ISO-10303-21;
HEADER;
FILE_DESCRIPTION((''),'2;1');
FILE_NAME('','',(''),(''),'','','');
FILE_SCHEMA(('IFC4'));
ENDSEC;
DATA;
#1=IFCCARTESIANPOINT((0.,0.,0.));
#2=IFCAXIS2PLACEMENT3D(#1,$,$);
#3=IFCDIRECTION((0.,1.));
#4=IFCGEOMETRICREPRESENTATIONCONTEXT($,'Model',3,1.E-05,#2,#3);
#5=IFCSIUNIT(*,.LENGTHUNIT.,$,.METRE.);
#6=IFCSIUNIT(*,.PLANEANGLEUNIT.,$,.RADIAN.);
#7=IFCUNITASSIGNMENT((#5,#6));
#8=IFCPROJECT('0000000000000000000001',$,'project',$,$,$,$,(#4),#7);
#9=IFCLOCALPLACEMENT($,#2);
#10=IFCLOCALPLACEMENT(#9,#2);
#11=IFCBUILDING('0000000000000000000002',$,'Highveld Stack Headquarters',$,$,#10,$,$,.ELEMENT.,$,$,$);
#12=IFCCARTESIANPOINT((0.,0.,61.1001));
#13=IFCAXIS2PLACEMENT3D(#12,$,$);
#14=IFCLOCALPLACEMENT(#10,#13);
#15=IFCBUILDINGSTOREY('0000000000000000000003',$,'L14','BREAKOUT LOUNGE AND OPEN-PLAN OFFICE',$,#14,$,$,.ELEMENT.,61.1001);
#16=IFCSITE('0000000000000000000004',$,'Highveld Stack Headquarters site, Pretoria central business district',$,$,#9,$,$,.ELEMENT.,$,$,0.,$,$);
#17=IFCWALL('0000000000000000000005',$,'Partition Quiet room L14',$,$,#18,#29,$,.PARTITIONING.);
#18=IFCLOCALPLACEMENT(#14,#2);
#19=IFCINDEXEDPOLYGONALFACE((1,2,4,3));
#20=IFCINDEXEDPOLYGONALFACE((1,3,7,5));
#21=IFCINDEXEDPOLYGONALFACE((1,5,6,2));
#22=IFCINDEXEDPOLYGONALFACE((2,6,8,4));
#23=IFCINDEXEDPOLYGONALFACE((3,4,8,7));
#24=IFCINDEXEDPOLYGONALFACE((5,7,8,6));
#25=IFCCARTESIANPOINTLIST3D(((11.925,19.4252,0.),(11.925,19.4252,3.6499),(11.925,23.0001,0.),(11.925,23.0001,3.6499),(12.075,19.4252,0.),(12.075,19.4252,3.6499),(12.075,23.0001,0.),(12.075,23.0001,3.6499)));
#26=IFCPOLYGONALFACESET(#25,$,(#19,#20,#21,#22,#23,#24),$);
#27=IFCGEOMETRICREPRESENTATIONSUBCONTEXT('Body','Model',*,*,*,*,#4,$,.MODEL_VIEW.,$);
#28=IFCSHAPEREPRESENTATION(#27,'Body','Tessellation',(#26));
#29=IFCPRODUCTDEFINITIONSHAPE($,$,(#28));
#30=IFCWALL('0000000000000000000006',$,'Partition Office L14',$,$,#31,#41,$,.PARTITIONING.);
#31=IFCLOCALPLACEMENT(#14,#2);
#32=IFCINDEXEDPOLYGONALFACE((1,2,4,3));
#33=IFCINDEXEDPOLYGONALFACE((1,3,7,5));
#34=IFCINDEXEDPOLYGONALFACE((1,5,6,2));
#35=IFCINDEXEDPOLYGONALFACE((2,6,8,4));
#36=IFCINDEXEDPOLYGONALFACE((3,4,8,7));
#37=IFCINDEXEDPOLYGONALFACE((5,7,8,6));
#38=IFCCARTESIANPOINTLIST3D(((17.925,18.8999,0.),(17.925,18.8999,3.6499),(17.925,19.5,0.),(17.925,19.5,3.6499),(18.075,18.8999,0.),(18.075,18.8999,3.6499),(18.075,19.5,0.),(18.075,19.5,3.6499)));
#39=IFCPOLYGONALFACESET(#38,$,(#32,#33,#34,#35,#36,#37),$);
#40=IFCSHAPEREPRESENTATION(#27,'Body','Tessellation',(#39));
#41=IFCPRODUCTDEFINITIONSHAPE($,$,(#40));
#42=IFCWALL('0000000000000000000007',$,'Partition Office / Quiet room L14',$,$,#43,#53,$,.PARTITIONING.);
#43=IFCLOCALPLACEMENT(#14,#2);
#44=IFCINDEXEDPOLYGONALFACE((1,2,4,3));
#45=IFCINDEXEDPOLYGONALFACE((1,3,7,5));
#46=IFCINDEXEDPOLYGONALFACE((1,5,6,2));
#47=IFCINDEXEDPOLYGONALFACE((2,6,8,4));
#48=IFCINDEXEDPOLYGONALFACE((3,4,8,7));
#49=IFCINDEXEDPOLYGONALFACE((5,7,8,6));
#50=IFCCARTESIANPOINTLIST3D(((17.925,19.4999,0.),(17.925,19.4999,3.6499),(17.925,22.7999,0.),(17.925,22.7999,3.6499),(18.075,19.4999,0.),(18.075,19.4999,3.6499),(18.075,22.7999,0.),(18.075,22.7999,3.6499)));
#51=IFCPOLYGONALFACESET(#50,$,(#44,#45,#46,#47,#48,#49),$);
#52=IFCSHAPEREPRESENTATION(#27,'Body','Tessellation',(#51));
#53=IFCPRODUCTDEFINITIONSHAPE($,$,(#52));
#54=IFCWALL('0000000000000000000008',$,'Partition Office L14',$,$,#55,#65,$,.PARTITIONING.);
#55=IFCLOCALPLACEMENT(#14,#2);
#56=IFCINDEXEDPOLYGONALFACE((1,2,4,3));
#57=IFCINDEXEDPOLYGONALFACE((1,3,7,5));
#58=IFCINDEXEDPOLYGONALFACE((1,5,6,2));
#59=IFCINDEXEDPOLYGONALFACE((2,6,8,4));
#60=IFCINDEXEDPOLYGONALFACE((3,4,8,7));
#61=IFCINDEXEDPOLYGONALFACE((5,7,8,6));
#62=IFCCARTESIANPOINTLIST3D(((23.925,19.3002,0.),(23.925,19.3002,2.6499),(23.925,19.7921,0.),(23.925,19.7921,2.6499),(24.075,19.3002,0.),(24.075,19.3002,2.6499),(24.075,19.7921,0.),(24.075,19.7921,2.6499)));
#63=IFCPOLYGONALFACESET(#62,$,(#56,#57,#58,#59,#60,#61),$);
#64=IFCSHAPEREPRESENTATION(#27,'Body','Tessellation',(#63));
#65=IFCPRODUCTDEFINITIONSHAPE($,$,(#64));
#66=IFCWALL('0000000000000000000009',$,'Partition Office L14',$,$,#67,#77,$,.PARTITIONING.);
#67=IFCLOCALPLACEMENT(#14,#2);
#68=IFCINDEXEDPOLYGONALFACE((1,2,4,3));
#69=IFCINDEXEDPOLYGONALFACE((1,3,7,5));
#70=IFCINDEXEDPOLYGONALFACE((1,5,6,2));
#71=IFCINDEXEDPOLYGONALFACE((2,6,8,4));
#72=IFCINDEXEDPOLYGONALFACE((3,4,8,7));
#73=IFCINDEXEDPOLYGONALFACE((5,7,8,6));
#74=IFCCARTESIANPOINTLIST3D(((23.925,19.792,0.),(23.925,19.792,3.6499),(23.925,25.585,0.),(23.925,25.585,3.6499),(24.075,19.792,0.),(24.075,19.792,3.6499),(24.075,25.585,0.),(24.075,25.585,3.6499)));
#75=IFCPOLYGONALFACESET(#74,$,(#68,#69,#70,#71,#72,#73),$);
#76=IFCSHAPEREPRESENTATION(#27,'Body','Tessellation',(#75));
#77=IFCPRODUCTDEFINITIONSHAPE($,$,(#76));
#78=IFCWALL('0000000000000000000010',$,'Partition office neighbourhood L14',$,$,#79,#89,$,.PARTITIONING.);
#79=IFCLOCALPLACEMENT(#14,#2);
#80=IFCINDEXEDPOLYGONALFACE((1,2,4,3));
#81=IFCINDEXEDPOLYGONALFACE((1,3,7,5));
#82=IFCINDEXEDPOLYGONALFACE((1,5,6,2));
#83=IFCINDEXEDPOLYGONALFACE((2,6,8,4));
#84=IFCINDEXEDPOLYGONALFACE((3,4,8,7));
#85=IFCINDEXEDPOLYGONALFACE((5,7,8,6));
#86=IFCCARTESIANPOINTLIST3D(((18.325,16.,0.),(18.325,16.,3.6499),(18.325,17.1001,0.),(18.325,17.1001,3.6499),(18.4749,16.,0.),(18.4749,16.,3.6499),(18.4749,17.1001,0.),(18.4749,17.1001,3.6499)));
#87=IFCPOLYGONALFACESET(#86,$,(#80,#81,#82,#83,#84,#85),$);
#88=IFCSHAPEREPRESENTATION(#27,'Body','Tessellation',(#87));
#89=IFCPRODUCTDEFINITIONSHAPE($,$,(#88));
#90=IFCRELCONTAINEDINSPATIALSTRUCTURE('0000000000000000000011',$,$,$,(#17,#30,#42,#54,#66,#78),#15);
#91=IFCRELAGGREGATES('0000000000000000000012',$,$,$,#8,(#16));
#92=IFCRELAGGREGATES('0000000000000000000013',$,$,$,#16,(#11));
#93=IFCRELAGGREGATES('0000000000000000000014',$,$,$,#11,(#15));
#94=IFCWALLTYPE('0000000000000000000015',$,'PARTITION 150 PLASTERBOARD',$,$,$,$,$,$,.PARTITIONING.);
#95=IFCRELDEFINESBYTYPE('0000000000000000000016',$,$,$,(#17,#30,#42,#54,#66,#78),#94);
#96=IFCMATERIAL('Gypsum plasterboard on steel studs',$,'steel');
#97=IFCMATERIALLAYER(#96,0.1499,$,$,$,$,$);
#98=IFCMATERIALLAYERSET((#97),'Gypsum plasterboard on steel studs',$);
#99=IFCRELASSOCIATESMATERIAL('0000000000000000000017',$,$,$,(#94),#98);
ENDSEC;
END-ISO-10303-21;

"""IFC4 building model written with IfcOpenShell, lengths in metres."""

from ifc_helpers import new_model, si_unit, direction, frame, frame_2d, origin, place, context, subcontext, project, spatial, rectangle, extrude, material, layer, layer_set, type_object, element, save


model = new_model("IFC4")

# Units and contexts
model_context = context("Model", 3, precision=1e-05, world=origin(), true_north=direction((0.0, 1.0)))
body_context = subcontext(model_context, "Body", "Model", "MODEL_VIEW")
ifc_project = project(units=[si_unit("LENGTHUNIT", "METRE"), si_unit("PLANEANGLEUNIT", "RADIAN")], contexts=[model_context])

# Site, building, storey
site_placement = place(None, origin())
site = spatial("IfcSite", under=ifc_project, at=site_placement, Name="Highveld Stack Headquarters site, Pretoria central business district", CompositionType="ELEMENT", RefElevation=0.0)
building_placement = place(site_placement, origin())
building = spatial("IfcBuilding", under=site, at=building_placement, Name="Highveld Stack Headquarters", CompositionType="ELEMENT")
storey_placement = place(building_placement, frame((0.0, 0.0, 61.1001)))
storey = spatial("IfcBuildingStorey", under=building, at=storey_placement, Name="L14", Description="BREAKOUT LOUNGE AND OPEN-PLAN OFFICE", CompositionType="ELEMENT", Elevation=61.1001)

# Shared definitions
ifc_material_1 = material(Name="Gypsum plasterboard on steel studs", Category="steel")
ifc_layer = layer(ifc_material_1, 0.1499)
ifc_layer_set = layer_set([ifc_layer], Name="Gypsum plasterboard on steel studs")
wall_type = type_object("IfcWallType", Name="PARTITION 150 PLASTERBOARD", PredefinedType="PARTITIONING", material=ifc_layer_set)

# Walls
wall_1_placement = place(storey_placement, frame((12.0, 19.425, 0.0), z_axis=(0.0, 0.0, 1.0), x_axis=(0.0, 1.0, 0.0)))
element("IfcWall", 1, at=wall_1_placement, inside=storey, type_object=wall_type, Name="Partition Quiet room L14", PredefinedType="PARTITIONING", context=body_context, shape_type="SweptSolid", body=[
    extrude(rectangle(XDim=3.575, YDim=0.1499, at=frame_2d((1.7876, 0.0))), origin(), (0.0, 0.0, 1.0), 3.6499),
])
wall_2_placement = place(storey_placement, frame((18.0, 18.8999, 0.0), z_axis=(0.0, 0.0, 1.0), x_axis=(0.0, 1.0, 0.0)))
element("IfcWall", 2, at=wall_2_placement, inside=storey, type_object=wall_type, Name="Partition Office L14", PredefinedType="PARTITIONING", context=body_context, shape_type="SweptSolid", body=[
    extrude(rectangle(XDim=0.6001, YDim=0.1499, at=frame_2d((0.3, 0.0))), origin(), (0.0, 0.0, 1.0), 3.6499),
])
wall_3_placement = place(storey_placement, frame((18.0, 19.5, 0.0), z_axis=(0.0, 0.0, 1.0), x_axis=(0.0, 1.0, 0.0)))
element("IfcWall", 3, at=wall_3_placement, inside=storey, type_object=wall_type, Name="Partition Office / Quiet room L14", PredefinedType="PARTITIONING", context=body_context, shape_type="SweptSolid", body=[
    extrude(rectangle(XDim=3.3, YDim=0.1499, at=frame_2d((1.6499, 0.0))), origin(), (0.0, 0.0, 1.0), 3.6499),
])
wall_4_placement = place(storey_placement, frame((24.0, 19.3, 0.0), z_axis=(0.0, 0.0, 1.0), x_axis=(0.0, 1.0, 0.0)))
element("IfcWall", 4, at=wall_4_placement, inside=storey, type_object=wall_type, Name="Partition Office L14", PredefinedType="PARTITIONING", context=body_context, shape_type="SweptSolid", body=[
    extrude(rectangle(XDim=0.4919, YDim=0.1499, at=frame_2d((0.2461, 0.0))), origin(), (0.0, 0.0, 1.0), 2.6499),
])
wall_5_placement = place(storey_placement, frame((24.0, 19.792, 0.0), z_axis=(0.0, 0.0, 1.0), x_axis=(0.0, 1.0, 0.0)))
element("IfcWall", 5, at=wall_5_placement, inside=storey, type_object=wall_type, Name="Partition Office L14", PredefinedType="PARTITIONING", context=body_context, shape_type="SweptSolid", body=[
    extrude(rectangle(XDim=5.793, YDim=0.1499, at=frame_2d((2.8965, 0.0))), origin(), (0.0, 0.0, 1.0), 3.6499),
])
wall_6_placement = place(storey_placement, frame((18.3999, 16.0, 0.0), z_axis=(0.0, 0.0, 1.0), x_axis=(0.0, 1.0, 0.0)))
element("IfcWall", 6, at=wall_6_placement, inside=storey, type_object=wall_type, Name="Partition office neighbourhood L14", PredefinedType="PARTITIONING", context=body_context, shape_type="SweptSolid", body=[
    extrude(rectangle(XDim=1.1001, YDim=0.1499, at=frame_2d((0.55, 0.0))), origin(), (0.0, 0.0, 1.0), 3.6499),
])

save(model, "model.ifc")
